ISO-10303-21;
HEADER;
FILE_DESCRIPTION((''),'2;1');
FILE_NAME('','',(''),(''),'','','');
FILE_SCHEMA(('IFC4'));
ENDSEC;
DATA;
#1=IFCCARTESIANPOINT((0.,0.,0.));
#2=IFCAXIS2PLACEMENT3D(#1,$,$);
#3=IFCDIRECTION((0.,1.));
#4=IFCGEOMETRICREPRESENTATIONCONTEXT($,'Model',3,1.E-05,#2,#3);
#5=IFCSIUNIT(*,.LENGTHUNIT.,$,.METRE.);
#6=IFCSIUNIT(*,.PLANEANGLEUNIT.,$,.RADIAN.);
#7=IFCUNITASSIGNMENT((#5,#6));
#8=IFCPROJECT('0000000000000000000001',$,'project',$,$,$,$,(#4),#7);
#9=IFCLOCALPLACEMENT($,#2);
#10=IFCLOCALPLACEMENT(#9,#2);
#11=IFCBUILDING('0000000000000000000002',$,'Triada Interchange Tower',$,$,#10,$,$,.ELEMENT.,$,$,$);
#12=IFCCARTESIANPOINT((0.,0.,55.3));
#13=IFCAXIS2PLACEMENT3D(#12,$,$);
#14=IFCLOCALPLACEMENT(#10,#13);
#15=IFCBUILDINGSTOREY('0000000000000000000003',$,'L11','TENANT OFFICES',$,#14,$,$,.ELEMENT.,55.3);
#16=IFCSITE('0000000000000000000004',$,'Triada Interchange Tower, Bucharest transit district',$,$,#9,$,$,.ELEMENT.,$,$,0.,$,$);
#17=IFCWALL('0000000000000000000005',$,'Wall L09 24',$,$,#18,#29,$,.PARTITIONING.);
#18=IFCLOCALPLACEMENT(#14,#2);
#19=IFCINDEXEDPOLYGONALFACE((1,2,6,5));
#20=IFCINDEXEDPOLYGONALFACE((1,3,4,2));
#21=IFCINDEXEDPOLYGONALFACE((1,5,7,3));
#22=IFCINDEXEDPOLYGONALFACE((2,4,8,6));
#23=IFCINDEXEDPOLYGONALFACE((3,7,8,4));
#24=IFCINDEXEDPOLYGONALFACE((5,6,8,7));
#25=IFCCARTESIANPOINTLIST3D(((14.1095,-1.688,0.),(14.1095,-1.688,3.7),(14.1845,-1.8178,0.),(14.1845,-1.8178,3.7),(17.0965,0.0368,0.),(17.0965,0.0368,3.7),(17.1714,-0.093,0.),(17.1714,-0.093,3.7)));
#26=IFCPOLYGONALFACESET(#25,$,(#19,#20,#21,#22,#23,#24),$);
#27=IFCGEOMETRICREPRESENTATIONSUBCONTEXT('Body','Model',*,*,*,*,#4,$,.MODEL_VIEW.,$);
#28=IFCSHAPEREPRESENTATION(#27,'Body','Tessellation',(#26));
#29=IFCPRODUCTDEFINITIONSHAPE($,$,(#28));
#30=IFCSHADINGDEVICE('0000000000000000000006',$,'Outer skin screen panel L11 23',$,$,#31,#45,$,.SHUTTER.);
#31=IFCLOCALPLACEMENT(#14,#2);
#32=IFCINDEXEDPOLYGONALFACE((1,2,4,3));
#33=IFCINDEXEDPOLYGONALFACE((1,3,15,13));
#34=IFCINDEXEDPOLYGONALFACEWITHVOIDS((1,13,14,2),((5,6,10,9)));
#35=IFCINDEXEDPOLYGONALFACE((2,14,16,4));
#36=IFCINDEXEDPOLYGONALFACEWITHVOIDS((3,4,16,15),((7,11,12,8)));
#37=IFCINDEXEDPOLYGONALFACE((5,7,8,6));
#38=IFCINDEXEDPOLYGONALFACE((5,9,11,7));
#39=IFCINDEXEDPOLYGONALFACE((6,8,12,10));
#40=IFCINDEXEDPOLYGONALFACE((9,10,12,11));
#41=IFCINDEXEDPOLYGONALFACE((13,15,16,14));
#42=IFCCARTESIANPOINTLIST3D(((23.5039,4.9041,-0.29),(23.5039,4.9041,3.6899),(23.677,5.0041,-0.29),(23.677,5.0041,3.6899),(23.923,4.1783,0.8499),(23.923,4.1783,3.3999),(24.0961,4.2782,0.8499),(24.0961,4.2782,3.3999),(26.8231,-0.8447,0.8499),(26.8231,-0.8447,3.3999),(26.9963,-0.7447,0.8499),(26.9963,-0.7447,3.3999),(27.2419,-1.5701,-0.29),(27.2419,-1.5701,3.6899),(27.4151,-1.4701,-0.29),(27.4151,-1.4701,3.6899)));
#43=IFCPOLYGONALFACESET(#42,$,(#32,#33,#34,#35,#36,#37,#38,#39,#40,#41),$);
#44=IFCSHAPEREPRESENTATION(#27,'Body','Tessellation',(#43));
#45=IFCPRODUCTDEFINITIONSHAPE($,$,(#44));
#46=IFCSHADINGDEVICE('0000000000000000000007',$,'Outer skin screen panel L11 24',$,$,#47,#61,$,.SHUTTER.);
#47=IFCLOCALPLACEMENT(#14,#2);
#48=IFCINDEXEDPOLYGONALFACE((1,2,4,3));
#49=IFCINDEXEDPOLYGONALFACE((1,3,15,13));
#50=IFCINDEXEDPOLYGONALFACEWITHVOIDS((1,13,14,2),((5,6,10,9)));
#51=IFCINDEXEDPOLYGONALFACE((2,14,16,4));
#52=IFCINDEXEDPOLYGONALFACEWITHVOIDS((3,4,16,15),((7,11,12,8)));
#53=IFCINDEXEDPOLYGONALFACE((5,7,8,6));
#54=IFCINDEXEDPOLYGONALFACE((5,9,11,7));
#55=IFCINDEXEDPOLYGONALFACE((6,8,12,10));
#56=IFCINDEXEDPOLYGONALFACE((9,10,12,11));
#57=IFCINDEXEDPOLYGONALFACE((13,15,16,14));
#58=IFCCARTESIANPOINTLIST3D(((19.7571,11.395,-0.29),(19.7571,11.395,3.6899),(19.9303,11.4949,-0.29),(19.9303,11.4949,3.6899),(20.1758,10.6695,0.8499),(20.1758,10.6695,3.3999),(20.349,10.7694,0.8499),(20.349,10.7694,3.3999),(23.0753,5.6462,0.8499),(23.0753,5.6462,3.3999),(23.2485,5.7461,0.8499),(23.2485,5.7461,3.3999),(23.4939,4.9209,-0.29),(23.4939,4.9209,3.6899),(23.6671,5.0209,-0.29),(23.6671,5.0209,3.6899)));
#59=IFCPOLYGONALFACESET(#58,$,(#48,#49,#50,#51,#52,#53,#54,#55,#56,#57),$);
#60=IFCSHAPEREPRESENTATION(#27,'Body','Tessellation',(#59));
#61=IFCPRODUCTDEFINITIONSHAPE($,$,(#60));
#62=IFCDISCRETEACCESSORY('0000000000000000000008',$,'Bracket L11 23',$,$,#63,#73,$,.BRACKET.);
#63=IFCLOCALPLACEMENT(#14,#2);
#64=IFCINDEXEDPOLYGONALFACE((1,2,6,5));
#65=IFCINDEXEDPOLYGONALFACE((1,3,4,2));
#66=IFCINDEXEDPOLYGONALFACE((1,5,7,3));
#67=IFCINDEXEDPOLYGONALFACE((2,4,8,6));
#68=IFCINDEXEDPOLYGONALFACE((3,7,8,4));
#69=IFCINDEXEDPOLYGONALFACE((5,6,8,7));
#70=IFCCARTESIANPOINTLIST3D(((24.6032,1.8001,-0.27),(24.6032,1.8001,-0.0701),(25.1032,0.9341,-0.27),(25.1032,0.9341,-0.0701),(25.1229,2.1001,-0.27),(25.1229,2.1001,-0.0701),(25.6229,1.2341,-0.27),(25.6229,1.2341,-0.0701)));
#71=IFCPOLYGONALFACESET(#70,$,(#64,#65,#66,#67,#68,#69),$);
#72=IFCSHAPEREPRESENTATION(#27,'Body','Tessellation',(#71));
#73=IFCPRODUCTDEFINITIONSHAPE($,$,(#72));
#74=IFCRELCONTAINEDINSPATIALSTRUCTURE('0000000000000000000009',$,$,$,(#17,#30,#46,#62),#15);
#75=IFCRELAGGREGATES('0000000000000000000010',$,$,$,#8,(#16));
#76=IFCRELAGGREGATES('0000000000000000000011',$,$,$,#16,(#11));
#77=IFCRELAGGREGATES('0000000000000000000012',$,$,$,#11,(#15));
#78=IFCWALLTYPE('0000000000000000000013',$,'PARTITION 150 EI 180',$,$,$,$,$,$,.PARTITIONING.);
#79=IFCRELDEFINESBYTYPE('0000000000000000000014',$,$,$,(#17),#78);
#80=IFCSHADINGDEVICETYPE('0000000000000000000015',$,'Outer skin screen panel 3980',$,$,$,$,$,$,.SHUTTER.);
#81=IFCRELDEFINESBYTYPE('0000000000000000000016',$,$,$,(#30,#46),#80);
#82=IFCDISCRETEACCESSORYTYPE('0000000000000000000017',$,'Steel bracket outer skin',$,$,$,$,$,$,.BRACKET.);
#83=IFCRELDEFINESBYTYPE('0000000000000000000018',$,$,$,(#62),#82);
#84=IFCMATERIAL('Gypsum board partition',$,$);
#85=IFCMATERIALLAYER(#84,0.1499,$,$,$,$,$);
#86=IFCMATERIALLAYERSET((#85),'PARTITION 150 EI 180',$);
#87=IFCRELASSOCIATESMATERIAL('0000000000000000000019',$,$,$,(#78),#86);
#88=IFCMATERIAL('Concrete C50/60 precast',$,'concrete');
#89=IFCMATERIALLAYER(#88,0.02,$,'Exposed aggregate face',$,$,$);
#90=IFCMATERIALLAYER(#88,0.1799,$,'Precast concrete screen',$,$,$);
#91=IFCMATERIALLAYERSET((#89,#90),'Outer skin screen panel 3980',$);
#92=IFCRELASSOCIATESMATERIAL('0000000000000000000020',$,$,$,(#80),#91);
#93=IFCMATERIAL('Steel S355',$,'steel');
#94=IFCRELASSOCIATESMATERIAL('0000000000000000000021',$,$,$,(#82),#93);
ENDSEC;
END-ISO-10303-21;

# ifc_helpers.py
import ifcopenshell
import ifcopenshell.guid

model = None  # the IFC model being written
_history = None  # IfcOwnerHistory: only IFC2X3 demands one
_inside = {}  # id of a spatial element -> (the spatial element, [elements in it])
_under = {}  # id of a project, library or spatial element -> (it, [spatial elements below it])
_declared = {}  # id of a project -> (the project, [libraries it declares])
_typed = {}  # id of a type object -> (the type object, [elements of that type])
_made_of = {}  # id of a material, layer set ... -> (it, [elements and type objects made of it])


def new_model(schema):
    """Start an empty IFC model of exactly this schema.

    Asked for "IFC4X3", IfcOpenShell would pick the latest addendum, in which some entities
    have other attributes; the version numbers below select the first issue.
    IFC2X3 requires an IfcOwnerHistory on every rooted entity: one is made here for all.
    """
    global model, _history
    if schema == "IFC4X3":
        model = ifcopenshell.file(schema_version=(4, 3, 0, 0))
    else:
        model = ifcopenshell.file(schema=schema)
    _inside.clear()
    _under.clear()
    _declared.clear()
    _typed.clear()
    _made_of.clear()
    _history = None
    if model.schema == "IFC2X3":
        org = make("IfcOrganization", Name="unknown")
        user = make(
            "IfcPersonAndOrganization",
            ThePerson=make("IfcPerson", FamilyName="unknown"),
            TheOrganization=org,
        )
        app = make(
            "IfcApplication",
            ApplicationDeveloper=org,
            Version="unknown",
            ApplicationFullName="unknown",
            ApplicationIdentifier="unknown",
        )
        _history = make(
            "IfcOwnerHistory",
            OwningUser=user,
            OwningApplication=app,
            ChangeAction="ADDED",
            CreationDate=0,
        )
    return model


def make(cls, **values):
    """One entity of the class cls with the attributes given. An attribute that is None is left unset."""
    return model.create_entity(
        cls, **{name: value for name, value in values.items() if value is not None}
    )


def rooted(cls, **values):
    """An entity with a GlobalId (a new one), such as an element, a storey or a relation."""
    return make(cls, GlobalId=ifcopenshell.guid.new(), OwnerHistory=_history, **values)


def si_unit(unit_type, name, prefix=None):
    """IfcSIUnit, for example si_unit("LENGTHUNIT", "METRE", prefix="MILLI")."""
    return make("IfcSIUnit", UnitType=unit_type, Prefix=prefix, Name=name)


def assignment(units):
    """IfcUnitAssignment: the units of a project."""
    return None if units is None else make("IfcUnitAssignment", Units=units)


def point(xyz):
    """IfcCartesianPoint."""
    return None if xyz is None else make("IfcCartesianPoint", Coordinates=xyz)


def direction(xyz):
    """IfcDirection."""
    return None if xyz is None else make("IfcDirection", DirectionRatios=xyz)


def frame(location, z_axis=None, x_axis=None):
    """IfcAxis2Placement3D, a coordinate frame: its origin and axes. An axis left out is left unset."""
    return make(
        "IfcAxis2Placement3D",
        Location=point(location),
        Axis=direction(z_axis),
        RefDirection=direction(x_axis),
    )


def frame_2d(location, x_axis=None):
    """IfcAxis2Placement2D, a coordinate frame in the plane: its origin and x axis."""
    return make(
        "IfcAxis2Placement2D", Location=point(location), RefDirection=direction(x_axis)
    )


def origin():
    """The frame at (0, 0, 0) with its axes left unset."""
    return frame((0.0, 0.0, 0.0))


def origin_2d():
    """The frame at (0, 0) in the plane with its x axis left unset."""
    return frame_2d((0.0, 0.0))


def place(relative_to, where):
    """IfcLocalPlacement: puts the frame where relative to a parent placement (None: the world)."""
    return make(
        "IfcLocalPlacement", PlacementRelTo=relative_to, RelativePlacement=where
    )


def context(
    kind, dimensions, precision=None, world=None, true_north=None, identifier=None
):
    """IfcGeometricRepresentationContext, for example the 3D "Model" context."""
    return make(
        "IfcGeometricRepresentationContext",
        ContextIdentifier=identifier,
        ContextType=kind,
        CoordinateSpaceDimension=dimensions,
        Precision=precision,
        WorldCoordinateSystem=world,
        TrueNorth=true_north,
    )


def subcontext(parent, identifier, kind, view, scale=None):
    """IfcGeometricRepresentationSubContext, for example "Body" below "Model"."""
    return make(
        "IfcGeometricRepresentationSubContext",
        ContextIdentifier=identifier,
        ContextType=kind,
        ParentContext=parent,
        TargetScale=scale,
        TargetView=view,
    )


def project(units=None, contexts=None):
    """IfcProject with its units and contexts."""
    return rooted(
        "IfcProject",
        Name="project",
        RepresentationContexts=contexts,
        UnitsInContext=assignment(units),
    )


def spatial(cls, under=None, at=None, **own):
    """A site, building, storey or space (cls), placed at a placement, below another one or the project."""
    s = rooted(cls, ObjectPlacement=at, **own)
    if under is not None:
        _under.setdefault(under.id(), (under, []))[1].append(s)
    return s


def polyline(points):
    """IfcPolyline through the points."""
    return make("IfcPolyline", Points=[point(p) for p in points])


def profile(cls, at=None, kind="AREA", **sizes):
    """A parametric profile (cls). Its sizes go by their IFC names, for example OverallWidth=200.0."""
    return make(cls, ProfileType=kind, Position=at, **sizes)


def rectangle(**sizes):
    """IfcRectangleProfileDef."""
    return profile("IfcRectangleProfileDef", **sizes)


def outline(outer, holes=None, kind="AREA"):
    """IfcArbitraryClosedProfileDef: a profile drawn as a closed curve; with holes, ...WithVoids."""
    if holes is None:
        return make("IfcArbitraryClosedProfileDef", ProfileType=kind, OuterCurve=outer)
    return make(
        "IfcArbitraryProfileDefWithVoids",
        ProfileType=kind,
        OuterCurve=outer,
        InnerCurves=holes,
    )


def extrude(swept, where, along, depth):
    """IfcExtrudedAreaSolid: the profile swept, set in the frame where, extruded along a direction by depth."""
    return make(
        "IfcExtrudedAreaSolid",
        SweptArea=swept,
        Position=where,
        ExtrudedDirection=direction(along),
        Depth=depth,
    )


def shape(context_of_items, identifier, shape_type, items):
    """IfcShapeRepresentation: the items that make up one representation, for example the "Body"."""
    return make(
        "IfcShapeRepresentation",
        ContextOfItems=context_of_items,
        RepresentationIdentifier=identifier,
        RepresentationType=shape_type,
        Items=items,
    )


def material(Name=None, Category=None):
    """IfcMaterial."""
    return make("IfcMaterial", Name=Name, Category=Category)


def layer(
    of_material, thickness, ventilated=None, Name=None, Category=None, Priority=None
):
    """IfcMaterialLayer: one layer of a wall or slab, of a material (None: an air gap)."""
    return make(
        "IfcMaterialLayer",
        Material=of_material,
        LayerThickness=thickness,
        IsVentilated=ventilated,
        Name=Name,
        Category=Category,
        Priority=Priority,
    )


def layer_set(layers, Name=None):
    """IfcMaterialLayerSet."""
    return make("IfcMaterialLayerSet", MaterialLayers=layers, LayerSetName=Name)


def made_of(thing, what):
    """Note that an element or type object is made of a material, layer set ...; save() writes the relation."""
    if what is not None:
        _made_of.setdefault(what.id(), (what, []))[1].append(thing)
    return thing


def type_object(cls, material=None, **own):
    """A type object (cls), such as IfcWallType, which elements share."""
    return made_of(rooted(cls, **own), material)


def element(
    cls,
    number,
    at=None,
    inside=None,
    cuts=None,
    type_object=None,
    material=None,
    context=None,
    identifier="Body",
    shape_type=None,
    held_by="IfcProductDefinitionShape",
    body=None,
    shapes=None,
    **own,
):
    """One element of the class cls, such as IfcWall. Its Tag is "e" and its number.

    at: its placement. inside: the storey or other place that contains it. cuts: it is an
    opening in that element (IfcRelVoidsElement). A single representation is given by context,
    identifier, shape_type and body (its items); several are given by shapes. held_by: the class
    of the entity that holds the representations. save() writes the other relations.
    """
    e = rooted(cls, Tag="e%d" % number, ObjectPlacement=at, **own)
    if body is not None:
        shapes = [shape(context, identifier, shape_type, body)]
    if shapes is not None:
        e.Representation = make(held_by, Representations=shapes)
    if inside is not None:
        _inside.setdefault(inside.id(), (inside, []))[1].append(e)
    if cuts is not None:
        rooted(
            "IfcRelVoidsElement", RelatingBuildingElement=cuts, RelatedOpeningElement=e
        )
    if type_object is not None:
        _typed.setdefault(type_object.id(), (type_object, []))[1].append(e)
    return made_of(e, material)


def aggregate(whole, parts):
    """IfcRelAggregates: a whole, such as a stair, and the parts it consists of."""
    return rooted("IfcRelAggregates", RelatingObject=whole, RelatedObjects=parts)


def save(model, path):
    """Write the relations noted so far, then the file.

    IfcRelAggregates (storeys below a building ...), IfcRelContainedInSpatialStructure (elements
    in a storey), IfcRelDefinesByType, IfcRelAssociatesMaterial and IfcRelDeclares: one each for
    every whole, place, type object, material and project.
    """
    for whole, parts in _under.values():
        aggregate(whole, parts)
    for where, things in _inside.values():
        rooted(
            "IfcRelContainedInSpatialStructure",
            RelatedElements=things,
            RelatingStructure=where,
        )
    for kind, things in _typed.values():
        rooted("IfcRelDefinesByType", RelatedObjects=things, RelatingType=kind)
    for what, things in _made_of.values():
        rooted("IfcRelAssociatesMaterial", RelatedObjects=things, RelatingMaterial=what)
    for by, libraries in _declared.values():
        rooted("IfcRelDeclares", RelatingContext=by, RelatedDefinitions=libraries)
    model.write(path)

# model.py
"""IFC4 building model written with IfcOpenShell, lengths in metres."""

from ifc_helpers import new_model, si_unit, direction, frame, frame_2d, origin, origin_2d, place, context, subcontext, project, spatial, polyline, rectangle, outline, extrude, material, layer, layer_set, type_object, element, save


model = new_model("IFC4")

# Units and contexts
model_context = context("Model", 3, precision=1e-05, world=origin(), true_north=direction((0.0, 1.0)))
body_context = subcontext(model_context, "Body", "Model", "MODEL_VIEW")
ifc_project = project(units=[si_unit("LENGTHUNIT", "METRE"), si_unit("PLANEANGLEUNIT", "RADIAN")], contexts=[model_context])

# Site, building, storey
site_placement = place(None, origin())
site = spatial("IfcSite", under=ifc_project, at=site_placement, Name="Triada Interchange Tower, Bucharest transit district", CompositionType="ELEMENT", RefElevation=0.0)
building_placement = place(site_placement, origin())
building = spatial("IfcBuilding", under=site, at=building_placement, Name="Triada Interchange Tower", CompositionType="ELEMENT")
storey_placement = place(building_placement, frame((0.0, 0.0, 55.3)))
storey = spatial("IfcBuildingStorey", under=building, at=storey_placement, Name="L11", Description="TENANT OFFICES", CompositionType="ELEMENT", Elevation=55.3)

# Wall
ifc_material_1 = material(Name="Gypsum board partition")
ifc_layer_1 = layer(ifc_material_1, 0.1499)
ifc_layer_set_1 = layer_set([ifc_layer_1], Name="PARTITION 150 EI 180")
wall_type_1 = type_object("IfcWallType", Name="PARTITION 150 EI 180", PredefinedType="PARTITIONING", material=ifc_layer_set_1)
wall_1_placement = place(storey_placement, frame((14.147, -1.7529, 0.0), z_axis=(0.0, 0.0, 1.0), x_axis=(0.865991, 0.500059, 0.0)))
element("IfcWall", 1, at=wall_1_placement, inside=storey, type_object=wall_type_1, Name="Wall L09 24", PredefinedType="PARTITIONING", context=body_context, shape_type="SweptSolid", body=[
    extrude(rectangle(XDim=3.4492, YDim=0.1499, at=frame_2d((1.7246, 0.0))), origin(), (0.0, 0.0, 1.0), 3.7),
])

# Shading devices
ifc_material_2 = material(Name="Concrete C50/60 precast", Category="concrete")
ifc_layer_2 = layer(ifc_material_2, 0.02, Name="Exposed aggregate face")
ifc_layer_3 = layer(ifc_material_2, 0.1799, Name="Precast concrete screen")
ifc_layer_set_2 = layer_set([ifc_layer_2, ifc_layer_3], Name="Outer skin screen panel 3980")
shading_device_type = type_object("IfcShadingDeviceType", Name="Outer skin screen panel 3980", PredefinedType="SHUTTER", material=ifc_layer_set_2)
shading_device_1_placement = place(storey_placement, frame((27.2419, -1.5701, -0.29), z_axis=(0.0, 0.0, 1.0), x_axis=(-0.50002, 0.866014, 0.0)))
element("IfcShadingDevice", 2, at=shading_device_1_placement, inside=storey, type_object=shading_device_type, Name="Outer skin screen panel L11 23", PredefinedType="SHUTTER", context=body_context, shape_type="SweptSolid", body=[
    extrude(outline(polyline([(0.0, 0.0), (7.4758, 0.0), (7.4758, 3.98), (0.0, 3.98), (0.0, 0.0)]), holes=[polyline([(0.8376, 1.1399), (0.8376, 3.6899), (6.6377, 3.6899), (6.6377, 1.1399), (0.8376, 1.1399)])]), frame((0.0, 0.0, 0.0), z_axis=(0.0, -1.0, 0.0), x_axis=(1.0, 0.0, 0.0)), (0.0, 0.0, 1.0), 0.2),
])
shading_device_2_placement = place(storey_placement, frame((23.4939, 4.9209, -0.29), z_axis=(0.0, 0.0, 1.0), x_axis=(-0.499898, 0.866084, 0.0)))
element("IfcShadingDevice", 3, at=shading_device_2_placement, inside=storey, type_object=shading_device_type, Name="Outer skin screen panel L11 24", PredefinedType="SHUTTER", context=body_context, shape_type="SweptSolid", body=[
    extrude(outline(polyline([(0.0, 0.0), (7.4751, 0.0), (7.4751, 3.98), (0.0, 3.98), (0.0, 0.0)]), holes=[polyline([(0.8374, 1.1399), (0.8374, 3.6899), (6.6375, 3.6899), (6.6375, 1.1399), (0.8374, 1.1399)])]), frame((0.0, 0.0, 0.0), z_axis=(0.0, -1.0, 0.0), x_axis=(1.0, 0.0, 0.0)), (0.0, 0.0, 1.0), 0.2),
])

# Discrete accessory
ifc_material_3 = material(Name="Steel S355", Category="steel")
discrete_accessory_type = type_object("IfcDiscreteAccessoryType", Name="Steel bracket outer skin", PredefinedType="BRACKET", material=ifc_material_3)
discrete_accessory_placement = place(storey_placement, frame((25.113, 1.5171, -0.27), z_axis=(0.0, 0.0, 1.0), x_axis=(0.866026, 0.499999, 0.0)))
element("IfcDiscreteAccessory", 4, at=discrete_accessory_placement, inside=storey, type_object=discrete_accessory_type, Name="Bracket L11 23", PredefinedType="BRACKET", context=body_context, shape_type="SweptSolid", body=[
    extrude(rectangle(XDim=0.6001, YDim=1.0, at=origin_2d()), origin(), (0.0, 0.0, 1.0), 0.2),
])

save(model, "model.ifc")
